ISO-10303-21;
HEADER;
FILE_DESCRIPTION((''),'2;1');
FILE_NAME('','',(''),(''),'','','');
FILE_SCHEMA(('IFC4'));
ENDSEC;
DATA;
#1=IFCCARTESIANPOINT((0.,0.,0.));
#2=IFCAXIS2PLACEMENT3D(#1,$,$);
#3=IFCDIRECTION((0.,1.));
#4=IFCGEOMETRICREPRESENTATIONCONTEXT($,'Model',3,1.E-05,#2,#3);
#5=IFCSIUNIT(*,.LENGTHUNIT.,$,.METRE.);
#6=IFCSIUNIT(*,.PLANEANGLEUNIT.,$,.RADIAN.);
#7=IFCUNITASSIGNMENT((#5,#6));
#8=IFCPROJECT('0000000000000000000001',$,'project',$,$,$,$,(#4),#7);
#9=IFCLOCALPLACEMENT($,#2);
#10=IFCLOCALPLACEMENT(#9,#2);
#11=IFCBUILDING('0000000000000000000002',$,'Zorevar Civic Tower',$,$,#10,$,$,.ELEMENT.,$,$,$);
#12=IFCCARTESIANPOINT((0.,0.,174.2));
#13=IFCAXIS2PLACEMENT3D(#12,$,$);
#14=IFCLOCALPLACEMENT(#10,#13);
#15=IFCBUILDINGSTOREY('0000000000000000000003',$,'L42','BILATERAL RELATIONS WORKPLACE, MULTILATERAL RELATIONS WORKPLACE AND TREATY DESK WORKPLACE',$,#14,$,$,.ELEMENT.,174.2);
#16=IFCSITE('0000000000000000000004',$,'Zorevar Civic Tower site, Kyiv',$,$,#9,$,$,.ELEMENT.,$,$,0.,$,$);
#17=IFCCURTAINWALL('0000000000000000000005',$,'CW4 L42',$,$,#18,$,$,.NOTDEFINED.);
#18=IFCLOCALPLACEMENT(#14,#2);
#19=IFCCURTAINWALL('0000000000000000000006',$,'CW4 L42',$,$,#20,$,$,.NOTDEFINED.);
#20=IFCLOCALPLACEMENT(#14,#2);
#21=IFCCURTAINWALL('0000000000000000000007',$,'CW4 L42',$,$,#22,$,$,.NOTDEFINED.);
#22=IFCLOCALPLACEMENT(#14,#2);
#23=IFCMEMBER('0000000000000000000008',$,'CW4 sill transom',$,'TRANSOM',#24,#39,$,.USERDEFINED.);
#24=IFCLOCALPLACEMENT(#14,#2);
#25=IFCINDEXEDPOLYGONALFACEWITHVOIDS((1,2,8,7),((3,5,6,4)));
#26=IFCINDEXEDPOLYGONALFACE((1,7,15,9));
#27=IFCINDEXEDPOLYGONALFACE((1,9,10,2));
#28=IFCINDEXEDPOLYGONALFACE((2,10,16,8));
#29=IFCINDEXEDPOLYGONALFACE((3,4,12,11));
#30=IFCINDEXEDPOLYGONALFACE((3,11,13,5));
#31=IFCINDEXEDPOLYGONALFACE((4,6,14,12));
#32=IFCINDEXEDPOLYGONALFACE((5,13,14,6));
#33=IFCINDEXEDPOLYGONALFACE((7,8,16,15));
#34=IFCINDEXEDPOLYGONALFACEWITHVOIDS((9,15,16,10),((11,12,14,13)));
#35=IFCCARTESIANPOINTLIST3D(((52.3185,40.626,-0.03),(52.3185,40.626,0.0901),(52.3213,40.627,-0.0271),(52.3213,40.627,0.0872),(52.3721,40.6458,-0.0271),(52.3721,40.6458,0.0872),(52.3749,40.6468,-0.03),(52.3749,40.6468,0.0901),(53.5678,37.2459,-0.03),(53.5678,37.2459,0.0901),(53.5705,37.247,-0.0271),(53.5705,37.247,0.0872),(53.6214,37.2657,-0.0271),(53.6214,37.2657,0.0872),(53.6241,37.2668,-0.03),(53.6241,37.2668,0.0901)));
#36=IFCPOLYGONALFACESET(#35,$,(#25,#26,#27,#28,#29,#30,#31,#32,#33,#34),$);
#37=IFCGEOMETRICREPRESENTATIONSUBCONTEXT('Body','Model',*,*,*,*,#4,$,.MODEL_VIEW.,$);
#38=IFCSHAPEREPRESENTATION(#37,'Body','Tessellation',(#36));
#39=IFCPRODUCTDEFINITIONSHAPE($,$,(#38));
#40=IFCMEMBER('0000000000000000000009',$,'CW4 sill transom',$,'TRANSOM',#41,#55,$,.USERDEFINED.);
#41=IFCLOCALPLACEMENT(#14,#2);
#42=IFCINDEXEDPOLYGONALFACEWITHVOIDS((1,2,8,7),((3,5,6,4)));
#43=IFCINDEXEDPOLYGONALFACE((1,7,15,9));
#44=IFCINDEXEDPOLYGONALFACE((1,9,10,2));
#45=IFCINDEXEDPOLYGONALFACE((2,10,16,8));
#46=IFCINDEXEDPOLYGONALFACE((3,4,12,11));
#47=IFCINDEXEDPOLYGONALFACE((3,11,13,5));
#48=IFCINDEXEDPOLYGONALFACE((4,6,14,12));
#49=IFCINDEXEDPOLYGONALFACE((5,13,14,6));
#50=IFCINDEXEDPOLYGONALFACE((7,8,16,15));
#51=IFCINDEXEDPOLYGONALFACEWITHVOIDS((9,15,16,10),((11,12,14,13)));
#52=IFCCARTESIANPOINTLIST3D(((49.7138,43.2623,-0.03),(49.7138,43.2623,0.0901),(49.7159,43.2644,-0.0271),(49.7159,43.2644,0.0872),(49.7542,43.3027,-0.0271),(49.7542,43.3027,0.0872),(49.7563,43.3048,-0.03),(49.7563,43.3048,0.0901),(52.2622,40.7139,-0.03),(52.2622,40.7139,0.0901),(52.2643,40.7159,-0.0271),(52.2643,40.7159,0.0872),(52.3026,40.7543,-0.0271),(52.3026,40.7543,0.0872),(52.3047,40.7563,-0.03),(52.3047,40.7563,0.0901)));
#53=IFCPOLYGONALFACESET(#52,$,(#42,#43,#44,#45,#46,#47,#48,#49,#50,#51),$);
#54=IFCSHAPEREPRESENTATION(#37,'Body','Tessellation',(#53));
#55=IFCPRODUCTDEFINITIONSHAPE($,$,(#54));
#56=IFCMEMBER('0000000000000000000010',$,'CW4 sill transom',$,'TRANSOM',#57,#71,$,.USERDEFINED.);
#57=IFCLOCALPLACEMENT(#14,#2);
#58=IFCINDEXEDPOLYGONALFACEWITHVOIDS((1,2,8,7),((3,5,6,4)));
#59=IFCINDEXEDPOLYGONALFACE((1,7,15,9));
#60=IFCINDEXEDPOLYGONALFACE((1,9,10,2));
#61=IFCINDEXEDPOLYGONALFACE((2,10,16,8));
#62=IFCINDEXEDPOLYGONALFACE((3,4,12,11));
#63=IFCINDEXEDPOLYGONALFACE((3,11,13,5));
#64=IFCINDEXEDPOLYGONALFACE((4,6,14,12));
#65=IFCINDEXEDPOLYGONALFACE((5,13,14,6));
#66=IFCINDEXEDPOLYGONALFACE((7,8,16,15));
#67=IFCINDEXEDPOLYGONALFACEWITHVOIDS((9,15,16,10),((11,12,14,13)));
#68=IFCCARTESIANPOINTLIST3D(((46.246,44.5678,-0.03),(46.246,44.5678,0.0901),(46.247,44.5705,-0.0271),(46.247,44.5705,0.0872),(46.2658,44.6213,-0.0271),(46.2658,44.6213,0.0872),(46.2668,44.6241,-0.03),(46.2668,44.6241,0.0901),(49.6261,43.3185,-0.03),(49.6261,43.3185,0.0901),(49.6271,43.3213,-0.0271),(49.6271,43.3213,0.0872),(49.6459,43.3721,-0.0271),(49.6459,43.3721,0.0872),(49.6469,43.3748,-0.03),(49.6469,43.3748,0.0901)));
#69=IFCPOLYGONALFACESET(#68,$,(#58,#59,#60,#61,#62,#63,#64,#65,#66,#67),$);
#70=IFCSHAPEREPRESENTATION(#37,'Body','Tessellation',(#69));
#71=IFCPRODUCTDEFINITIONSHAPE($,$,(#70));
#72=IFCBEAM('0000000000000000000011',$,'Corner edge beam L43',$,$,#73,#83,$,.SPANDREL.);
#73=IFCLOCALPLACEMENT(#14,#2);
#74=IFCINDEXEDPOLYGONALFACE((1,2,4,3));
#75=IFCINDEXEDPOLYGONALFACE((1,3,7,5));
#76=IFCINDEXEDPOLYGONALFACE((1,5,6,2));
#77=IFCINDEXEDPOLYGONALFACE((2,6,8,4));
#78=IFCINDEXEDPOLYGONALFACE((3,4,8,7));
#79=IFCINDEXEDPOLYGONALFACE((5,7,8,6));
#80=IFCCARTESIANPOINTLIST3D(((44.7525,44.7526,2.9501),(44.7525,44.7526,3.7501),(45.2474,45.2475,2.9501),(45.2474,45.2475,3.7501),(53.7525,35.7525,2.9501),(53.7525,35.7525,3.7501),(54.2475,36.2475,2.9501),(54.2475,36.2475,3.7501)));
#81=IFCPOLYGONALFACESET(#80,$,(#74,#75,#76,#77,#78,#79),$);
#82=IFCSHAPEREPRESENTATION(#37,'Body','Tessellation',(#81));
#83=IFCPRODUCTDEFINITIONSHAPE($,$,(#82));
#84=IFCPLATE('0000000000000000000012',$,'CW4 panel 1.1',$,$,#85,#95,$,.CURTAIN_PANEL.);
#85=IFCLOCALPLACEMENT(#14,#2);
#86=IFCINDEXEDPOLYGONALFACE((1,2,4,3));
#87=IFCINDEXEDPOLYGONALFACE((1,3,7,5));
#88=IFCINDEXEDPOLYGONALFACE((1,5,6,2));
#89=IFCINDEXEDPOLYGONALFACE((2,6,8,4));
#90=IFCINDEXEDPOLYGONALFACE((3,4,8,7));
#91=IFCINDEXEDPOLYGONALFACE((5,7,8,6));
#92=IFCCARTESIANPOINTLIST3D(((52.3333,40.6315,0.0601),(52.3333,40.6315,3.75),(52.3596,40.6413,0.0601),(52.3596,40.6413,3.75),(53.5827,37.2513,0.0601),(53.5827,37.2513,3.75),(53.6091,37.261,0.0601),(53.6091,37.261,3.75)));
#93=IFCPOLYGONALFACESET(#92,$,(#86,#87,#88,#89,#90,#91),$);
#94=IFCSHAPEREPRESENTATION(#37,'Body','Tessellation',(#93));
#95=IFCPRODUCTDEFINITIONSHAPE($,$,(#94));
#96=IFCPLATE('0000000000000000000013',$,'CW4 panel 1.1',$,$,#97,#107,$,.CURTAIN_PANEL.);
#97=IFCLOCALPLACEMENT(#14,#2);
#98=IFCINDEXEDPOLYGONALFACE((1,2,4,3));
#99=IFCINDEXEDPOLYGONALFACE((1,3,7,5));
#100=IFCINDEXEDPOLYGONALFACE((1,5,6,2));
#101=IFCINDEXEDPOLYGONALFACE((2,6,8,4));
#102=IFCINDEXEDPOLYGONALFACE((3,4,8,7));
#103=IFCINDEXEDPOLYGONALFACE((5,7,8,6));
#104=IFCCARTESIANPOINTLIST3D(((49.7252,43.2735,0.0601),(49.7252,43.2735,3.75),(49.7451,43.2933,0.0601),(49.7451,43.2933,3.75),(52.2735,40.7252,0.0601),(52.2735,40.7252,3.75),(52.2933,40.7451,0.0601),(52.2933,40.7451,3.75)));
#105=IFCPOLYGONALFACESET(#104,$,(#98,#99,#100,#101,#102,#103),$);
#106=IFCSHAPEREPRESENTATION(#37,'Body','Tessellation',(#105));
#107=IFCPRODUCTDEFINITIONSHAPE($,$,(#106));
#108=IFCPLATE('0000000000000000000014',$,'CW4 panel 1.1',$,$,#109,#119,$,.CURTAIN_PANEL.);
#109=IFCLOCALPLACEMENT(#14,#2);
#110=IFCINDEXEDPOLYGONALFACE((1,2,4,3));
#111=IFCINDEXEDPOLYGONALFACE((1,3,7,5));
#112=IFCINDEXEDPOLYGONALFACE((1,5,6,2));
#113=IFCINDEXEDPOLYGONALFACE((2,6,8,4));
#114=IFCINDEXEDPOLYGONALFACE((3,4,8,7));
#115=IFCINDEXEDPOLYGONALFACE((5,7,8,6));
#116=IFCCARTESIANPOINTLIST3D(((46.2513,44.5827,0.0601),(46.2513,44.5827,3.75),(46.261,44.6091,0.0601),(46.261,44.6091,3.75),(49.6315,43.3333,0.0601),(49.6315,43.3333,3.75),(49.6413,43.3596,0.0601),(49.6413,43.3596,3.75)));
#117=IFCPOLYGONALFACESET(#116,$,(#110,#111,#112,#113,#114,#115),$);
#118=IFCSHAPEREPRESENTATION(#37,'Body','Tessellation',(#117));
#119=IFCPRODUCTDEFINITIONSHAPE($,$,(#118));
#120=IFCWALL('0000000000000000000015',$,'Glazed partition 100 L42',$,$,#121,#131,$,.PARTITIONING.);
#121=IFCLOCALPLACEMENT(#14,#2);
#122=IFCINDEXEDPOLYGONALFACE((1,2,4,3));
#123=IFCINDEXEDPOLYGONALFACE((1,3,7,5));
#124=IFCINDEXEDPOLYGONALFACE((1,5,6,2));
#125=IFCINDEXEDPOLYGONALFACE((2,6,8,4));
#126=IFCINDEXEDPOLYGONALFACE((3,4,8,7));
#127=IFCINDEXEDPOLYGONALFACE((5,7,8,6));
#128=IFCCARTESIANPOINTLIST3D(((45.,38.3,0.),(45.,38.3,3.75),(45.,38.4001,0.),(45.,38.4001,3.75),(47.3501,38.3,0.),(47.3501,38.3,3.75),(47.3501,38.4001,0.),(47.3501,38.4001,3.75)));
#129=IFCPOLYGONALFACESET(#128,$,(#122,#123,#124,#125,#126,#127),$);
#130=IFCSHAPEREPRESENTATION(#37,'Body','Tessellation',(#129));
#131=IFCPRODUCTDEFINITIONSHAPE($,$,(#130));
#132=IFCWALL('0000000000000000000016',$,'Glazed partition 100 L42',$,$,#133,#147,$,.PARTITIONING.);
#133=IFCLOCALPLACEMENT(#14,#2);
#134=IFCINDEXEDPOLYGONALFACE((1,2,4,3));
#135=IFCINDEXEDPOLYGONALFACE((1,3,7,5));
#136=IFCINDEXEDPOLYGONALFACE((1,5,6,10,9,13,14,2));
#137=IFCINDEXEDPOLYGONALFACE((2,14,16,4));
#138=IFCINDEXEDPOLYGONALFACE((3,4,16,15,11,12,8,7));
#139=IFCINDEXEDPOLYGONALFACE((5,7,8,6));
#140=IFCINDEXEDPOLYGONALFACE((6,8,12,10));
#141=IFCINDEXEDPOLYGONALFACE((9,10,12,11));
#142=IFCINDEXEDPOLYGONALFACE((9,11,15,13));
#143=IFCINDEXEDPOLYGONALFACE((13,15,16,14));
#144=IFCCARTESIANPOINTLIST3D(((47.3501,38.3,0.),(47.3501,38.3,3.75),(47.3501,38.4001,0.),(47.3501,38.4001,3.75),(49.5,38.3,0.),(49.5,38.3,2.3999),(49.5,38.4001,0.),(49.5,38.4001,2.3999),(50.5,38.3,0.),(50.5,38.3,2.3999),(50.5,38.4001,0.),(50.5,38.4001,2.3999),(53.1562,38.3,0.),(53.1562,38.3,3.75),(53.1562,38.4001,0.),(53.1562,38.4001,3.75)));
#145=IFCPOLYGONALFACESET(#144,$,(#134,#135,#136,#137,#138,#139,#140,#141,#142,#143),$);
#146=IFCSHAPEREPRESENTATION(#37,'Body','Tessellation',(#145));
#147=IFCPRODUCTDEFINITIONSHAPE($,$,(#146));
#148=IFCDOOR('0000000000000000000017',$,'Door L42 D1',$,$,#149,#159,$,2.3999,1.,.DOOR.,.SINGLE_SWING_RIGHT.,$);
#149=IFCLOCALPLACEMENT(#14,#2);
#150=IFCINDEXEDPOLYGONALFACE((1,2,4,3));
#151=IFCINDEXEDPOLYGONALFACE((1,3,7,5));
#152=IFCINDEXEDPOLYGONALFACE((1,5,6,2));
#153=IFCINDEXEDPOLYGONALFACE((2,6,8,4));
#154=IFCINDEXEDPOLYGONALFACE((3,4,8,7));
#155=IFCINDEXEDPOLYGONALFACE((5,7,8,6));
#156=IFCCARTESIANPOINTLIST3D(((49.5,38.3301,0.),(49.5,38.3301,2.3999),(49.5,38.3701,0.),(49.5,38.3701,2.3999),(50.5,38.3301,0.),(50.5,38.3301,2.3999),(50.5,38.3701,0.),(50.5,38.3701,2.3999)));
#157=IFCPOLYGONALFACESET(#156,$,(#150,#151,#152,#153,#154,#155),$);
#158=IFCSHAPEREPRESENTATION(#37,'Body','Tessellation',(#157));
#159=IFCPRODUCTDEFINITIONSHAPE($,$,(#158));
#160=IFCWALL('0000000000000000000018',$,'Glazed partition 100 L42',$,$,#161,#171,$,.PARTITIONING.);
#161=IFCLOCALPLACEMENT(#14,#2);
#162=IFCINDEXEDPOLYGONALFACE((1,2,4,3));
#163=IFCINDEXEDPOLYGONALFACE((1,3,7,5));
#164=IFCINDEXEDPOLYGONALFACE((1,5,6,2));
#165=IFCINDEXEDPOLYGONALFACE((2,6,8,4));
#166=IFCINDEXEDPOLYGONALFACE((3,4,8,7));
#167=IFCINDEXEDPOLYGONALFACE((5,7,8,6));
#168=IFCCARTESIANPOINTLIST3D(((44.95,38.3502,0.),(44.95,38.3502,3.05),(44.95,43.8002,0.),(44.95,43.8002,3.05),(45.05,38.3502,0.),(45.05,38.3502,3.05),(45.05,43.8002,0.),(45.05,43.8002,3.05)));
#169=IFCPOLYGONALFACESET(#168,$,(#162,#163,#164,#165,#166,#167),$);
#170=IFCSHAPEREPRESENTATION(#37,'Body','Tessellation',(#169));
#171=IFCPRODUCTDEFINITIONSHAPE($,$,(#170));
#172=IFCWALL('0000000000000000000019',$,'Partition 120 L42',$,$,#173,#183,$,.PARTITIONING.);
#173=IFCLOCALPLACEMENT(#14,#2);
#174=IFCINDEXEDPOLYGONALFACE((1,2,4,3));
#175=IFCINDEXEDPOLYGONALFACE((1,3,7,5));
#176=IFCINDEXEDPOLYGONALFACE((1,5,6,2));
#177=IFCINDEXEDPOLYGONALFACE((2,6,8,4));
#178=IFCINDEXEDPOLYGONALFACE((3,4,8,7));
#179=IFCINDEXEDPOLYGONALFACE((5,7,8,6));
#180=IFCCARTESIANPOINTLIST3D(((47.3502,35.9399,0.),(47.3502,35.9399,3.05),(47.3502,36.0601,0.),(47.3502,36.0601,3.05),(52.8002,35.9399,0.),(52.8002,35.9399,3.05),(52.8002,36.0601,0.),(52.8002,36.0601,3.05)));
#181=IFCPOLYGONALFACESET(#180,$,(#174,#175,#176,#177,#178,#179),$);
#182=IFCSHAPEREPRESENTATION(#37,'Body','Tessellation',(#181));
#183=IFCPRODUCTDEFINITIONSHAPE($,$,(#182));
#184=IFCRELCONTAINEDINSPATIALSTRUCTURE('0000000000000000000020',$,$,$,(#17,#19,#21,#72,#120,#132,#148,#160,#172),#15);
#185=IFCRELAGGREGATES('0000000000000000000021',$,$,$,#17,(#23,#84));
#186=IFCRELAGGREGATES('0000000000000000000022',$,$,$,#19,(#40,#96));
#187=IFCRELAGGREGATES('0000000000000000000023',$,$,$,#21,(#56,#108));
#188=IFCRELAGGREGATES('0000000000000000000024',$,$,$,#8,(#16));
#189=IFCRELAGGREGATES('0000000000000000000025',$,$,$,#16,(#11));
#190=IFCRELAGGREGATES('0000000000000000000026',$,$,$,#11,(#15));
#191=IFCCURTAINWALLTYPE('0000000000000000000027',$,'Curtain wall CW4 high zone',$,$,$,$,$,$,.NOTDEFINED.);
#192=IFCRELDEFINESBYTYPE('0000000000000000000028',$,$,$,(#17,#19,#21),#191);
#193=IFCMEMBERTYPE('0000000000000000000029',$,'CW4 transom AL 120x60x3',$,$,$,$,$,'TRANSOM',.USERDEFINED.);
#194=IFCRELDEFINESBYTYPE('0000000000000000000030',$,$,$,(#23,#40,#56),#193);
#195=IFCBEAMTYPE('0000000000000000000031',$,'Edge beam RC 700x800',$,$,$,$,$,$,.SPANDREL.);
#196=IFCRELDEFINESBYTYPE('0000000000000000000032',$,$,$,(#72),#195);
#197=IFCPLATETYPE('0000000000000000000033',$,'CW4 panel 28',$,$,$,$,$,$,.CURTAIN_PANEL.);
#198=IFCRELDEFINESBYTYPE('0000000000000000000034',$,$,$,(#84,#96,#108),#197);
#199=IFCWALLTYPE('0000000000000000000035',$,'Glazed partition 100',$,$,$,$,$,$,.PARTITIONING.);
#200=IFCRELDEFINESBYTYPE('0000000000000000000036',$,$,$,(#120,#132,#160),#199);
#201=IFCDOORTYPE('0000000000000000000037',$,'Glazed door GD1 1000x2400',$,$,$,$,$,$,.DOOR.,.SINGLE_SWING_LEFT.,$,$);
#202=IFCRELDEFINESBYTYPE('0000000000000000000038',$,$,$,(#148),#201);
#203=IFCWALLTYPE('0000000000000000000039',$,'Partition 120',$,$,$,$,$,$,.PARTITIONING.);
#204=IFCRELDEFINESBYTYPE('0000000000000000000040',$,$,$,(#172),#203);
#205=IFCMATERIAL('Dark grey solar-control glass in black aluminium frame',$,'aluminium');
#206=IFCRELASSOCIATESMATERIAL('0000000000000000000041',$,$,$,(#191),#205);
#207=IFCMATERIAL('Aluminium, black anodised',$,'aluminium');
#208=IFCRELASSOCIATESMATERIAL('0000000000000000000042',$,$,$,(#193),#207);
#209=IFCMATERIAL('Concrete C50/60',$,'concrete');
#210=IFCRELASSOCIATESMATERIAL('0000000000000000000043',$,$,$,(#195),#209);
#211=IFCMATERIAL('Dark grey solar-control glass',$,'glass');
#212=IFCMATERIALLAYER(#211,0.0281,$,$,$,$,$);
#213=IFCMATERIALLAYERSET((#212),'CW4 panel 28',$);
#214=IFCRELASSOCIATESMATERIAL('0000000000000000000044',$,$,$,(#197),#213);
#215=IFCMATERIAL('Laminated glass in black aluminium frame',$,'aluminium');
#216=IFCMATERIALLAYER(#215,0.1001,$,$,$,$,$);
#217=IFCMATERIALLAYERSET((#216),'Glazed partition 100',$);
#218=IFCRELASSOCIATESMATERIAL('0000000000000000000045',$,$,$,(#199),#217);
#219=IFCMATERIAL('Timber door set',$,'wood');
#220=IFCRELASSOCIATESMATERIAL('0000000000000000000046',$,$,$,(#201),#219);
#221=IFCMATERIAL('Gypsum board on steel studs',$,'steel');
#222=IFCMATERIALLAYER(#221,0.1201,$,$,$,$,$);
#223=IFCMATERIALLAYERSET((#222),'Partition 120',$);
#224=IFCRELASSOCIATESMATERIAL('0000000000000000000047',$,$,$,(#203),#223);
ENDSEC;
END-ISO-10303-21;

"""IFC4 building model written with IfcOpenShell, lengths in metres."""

from ifc_helpers import new_model, si_unit, direction, frame, frame_2d, origin, origin_2d, place, context, subcontext, project, spatial, rectangle, hollow_rectangle, extrude, material, layer, layer_set, material_profile, profile_set, type_object, element, fill, aggregate, save


model = new_model("IFC4")

# Units and contexts
model_context = context("Model", 3, precision=1e-05, world=origin(), true_north=direction((0.0, 1.0)))
body_context = subcontext(model_context, "Body", "Model", "MODEL_VIEW")
ifc_project = project(units=[si_unit("LENGTHUNIT", "METRE"), si_unit("PLANEANGLEUNIT", "RADIAN")], contexts=[model_context])

# Site, building, storey
site_placement = place(None, origin())
site = spatial("IfcSite", under=ifc_project, at=site_placement, Name="Zorevar Civic Tower site, Kyiv", CompositionType="ELEMENT", RefElevation=0.0)
building_placement = place(site_placement, origin())
building = spatial("IfcBuilding", under=site, at=building_placement, Name="Zorevar Civic Tower", CompositionType="ELEMENT")
storey_placement = place(building_placement, frame((0.0, 0.0, 174.2)))
storey = spatial("IfcBuildingStorey", under=building, at=storey_placement, Name="L42", Description="BILATERAL RELATIONS WORKPLACE, MULTILATERAL RELATIONS WORKPLACE AND TREATY DESK WORKPLACE", CompositionType="ELEMENT", Elevation=174.2)

# Shared definitions
ifc_material_1 = material(Name="Dark grey solar-control glass in black aluminium frame", Category="aluminium")
curtain_wall_type = type_object("IfcCurtainWallType", Name="Curtain wall CW4 high zone", PredefinedType="NOTDEFINED", material=ifc_material_1)

# Curtain walls
curtain_wall_1_placement = place(storey_placement, origin())
curtain_wall_1 = element("IfcCurtainWall", 1, at=curtain_wall_1_placement, inside=storey, type_object=curtain_wall_type, Name="CW4 L42", PredefinedType="NOTDEFINED")
curtain_wall_2_placement = place(storey_placement, origin())
curtain_wall_2 = element("IfcCurtainWall", 2, at=curtain_wall_2_placement, inside=storey, type_object=curtain_wall_type, Name="CW4 L42", PredefinedType="NOTDEFINED")
curtain_wall_3_placement = place(storey_placement, origin())
curtain_wall_3 = element("IfcCurtainWall", 3, at=curtain_wall_3_placement, inside=storey, type_object=curtain_wall_type, Name="CW4 L42", PredefinedType="NOTDEFINED")

# Members
ifc_material_2 = material(Name="Aluminium, black anodised", Category="aluminium")
ifc_material_profile_1 = material_profile(ifc_material_2, hollow_rectangle(XDim=0.0601, YDim=0.1201, WallThickness=0.0029, at=origin_2d()), Name="AL 120x60x3")
ifc_profile_set_1 = profile_set([ifc_material_profile_1], Name="Aluminium, black anodised")
member_type_1 = type_object("IfcMemberType", Name="CW4 transom AL 120x60x3", ElementType="TRANSOM", PredefinedType="USERDEFINED", material=ifc_profile_set_1)
member_1_placement = place(storey_placement, frame((53.5959, 37.2563, 0.03), z_axis=(-0.346672, 0.937986, 0.0), x_axis=(-0.937986, -0.346672, 0.0)))
member_1 = element("IfcMember", 4, at=member_1_placement, type_object=member_type_1, Name="CW4 sill transom", ObjectType="TRANSOM", PredefinedType="USERDEFINED", context=body_context, shape_type="SweptSolid", body=[
    extrude(hollow_rectangle(XDim=0.0601, YDim=0.1201, WallThickness=0.0029, at=origin_2d()), origin(), (0.0, 0.0, 1.0), 3.6035),
])
member_2_placement = place(storey_placement, frame((52.2834, 40.7351, 0.03), z_axis=(-0.707107, 0.707107, 0.0), x_axis=(-0.707107, -0.707107, 0.0)))
member_2 = element("IfcMember", 5, at=member_2_placement, type_object=member_type_1, Name="CW4 sill transom", ObjectType="TRANSOM", PredefinedType="USERDEFINED", context=body_context, shape_type="SweptSolid", body=[
    extrude(hollow_rectangle(XDim=0.0601, YDim=0.1201, WallThickness=0.0029, at=origin_2d()), origin(), (0.0, 0.0, 1.0), 3.604),
])
member_3_placement = place(storey_placement, frame((49.6365, 43.3467, 0.03), z_axis=(-0.937986, 0.346672, 0.0), x_axis=(-0.346672, -0.937986, 0.0)))
member_3 = element("IfcMember", 6, at=member_3_placement, type_object=member_type_1, Name="CW4 sill transom", ObjectType="TRANSOM", PredefinedType="USERDEFINED", context=body_context, shape_type="SweptSolid", body=[
    extrude(hollow_rectangle(XDim=0.0601, YDim=0.1201, WallThickness=0.0029, at=origin_2d()), origin(), (0.0, 0.0, 1.0), 3.6035),
])

# Beam
ifc_material_3 = material(Name="Concrete C50/60", Category="concrete")
ifc_material_profile_2 = material_profile(ifc_material_3, rectangle(XDim=0.7, YDim=0.8, at=origin_2d()), Name="RC 700x800")
ifc_profile_set_2 = profile_set([ifc_material_profile_2], Name="Concrete C50/60")
beam_type_1 = type_object("IfcBeamType", Name="Edge beam RC 700x800", PredefinedType="SPANDREL", material=ifc_profile_set_2)
beam_1_placement = place(storey_placement, frame((54.0, 36.0, 3.3501), z_axis=(-0.707107, 0.707107, 0.0), x_axis=(-0.707107, -0.707107, 0.0)))
element("IfcBeam", 7, at=beam_1_placement, inside=storey, type_object=beam_type_1, Name="Corner edge beam L43", PredefinedType="SPANDREL", context=body_context, shape_type="SweptSolid", body=[
    extrude(rectangle(XDim=0.7, YDim=0.8, at=origin_2d()), origin(), (0.0, 0.0, 1.0), 12.728),
])

# Plates
ifc_material_4 = material(Name="Dark grey solar-control glass", Category="glass")
ifc_layer_1 = layer(ifc_material_4, 0.0281)
ifc_layer_set_1 = layer_set([ifc_layer_1], Name="CW4 panel 28")
plate_type = type_object("IfcPlateType", Name="CW4 panel 28", PredefinedType="CURTAIN_PANEL", material=ifc_layer_set_1)
plate_1_placement = place(storey_placement, frame((52.9712, 38.9463, 0.0601), z_axis=(0.0, 0.0, 1.0), x_axis=(-0.346704, 0.937975, 0.0)))
plate_1 = element("IfcPlate", 8, at=plate_1_placement, type_object=plate_type, Name="CW4 panel 1.1", PredefinedType="CURTAIN_PANEL", context=body_context, shape_type="SweptSolid", body=[
    extrude(rectangle(XDim=3.6038, YDim=0.0281, at=origin_2d()), origin(), (0.0, 0.0, 1.0), 3.6899),
])
aggregate(curtain_wall_1, [member_1, plate_1])
plate_2_placement = place(storey_placement, frame((51.0093, 42.0093, 0.0601), z_axis=(0.0, 0.0, 1.0), x_axis=(-0.707107, 0.707107, 0.0)))
plate_2 = element("IfcPlate", 9, at=plate_2_placement, type_object=plate_type, Name="CW4 panel 1.1", PredefinedType="CURTAIN_PANEL", context=body_context, shape_type="SweptSolid", body=[
    extrude(rectangle(XDim=3.6038, YDim=0.0281, at=origin_2d()), origin(), (0.0, 0.0, 1.0), 3.6899),
])
aggregate(curtain_wall_2, [member_2, plate_2])
plate_3_placement = place(storey_placement, frame((47.9463, 43.9712, 0.0601), z_axis=(0.0, 0.0, 1.0), x_axis=(-0.937975, 0.346704, 0.0)))
plate_3 = element("IfcPlate", 10, at=plate_3_placement, type_object=plate_type, Name="CW4 panel 1.1", PredefinedType="CURTAIN_PANEL", context=body_context, shape_type="SweptSolid", body=[
    extrude(rectangle(XDim=3.6038, YDim=0.0281, at=origin_2d()), origin(), (0.0, 0.0, 1.0), 3.6899),
])
aggregate(curtain_wall_3, [member_3, plate_3])

# Wall
ifc_material_5 = material(Name="Laminated glass in black aluminium frame", Category="aluminium")
ifc_layer_2 = layer(ifc_material_5, 0.1001)
ifc_layer_set_2 = layer_set([ifc_layer_2], Name="Glazed partition 100")
wall_type_1 = type_object("IfcWallType", Name="Glazed partition 100", PredefinedType="PARTITIONING", material=ifc_layer_set_2)
wall_1_placement = place(storey_placement, frame((45.0, 38.3501, 0.0), z_axis=(0.0, 0.0, 1.0), x_axis=(1.0, 0.0, 0.0)))
element("IfcWall", 11, at=wall_1_placement, inside=storey, type_object=wall_type_1, Name="Glazed partition 100 L42", PredefinedType="PARTITIONING", context=body_context, shape_type="SweptSolid", body=[
    extrude(rectangle(XDim=2.3501, YDim=0.1001, at=frame_2d((1.175, 0.0))), origin(), (0.0, 0.0, 1.0), 3.75),
])

# Wall, opening, door
wall_2_placement = place(storey_placement, frame((47.3501, 38.3501, 0.0), z_axis=(0.0, 0.0, 1.0), x_axis=(1.0, 0.0, 0.0)))
wall_2 = element("IfcWall", 12, at=wall_2_placement, inside=storey, type_object=wall_type_1, Name="Glazed partition 100 L42", PredefinedType="PARTITIONING", context=body_context, shape_type="SweptSolid", body=[
    extrude(rectangle(XDim=5.8062, YDim=0.1001, at=frame_2d((2.9031, 0.0))), origin(), (0.0, 0.0, 1.0), 3.75),
])
opening_1_placement = place(wall_2_placement, frame((2.1499, 0.0, 0.0)))
opening_1 = element("IfcOpeningElement", 13, at=opening_1_placement, cuts=wall_2, PredefinedType="OPENING", context=body_context, shape_type="SweptSolid", body=[
    extrude(rectangle(XDim=1.0, YDim=2.3999, at=frame_2d((0.5, 1.2))), frame((0.0, 0.0601, 0.0), z_axis=(0.0, -1.0, 0.0), x_axis=(1.0, 0.0, 0.0)), (0.0, 0.0, 1.0), 0.1201),
])
ifc_material_6 = material(Name="Timber door set", Category="wood")
door_type_1 = type_object("IfcDoorType", Name="Glazed door GD1 1000x2400", OperationType="SINGLE_SWING_LEFT", PredefinedType="DOOR", material=ifc_material_6)
door_1_placement = place(opening_1_placement, origin())
door_1 = element("IfcDoor", 14, at=door_1_placement, inside=storey, type_object=door_type_1, Name="Door L42 D1", OperationType="SINGLE_SWING_RIGHT", OverallHeight=2.3999, OverallWidth=1.0, PredefinedType="DOOR", context=body_context, shape_type="SweptSolid", body=[
    extrude(rectangle(XDim=1.0, YDim=2.3999, at=frame_2d((0.5, 1.2))), frame((0.0, 0.02, 0.0), z_axis=(0.0, -1.0, 0.0), x_axis=(1.0, 0.0, 0.0)), (0.0, 0.0, 1.0), 0.04),
])
fill(opening_1, door_1)

# Wall
wall_3_placement = place(storey_placement, frame((45.0, 38.3501, 0.0), z_axis=(0.0, 0.0, 1.0), x_axis=(0.0, 1.0, 0.0)))
element("IfcWall", 15, at=wall_3_placement, inside=storey, type_object=wall_type_1, Name="Glazed partition 100 L42", PredefinedType="PARTITIONING", context=body_context, shape_type="SweptSolid", body=[
    extrude(rectangle(XDim=5.45, YDim=0.1001, at=frame_2d((2.7251, 0.0))), origin(), (0.0, 0.0, 1.0), 3.05),
])

# Wall
ifc_material_7 = material(Name="Gypsum board on steel studs", Category="steel")
ifc_layer_3 = layer(ifc_material_7, 0.1201)
ifc_layer_set_3 = layer_set([ifc_layer_3], Name="Partition 120")
wall_type_2 = type_object("IfcWallType", Name="Partition 120", PredefinedType="PARTITIONING", material=ifc_layer_set_3)
wall_4_placement = place(storey_placement, frame((47.3501, 36.0, 0.0), z_axis=(0.0, 0.0, 1.0), x_axis=(1.0, 0.0, 0.0)))
element("IfcWall", 16, at=wall_4_placement, inside=storey, type_object=wall_type_2, Name="Partition 120 L42", PredefinedType="PARTITIONING", context=body_context, shape_type="SweptSolid", body=[
    extrude(rectangle(XDim=5.45, YDim=0.1201, at=frame_2d((2.7251, 0.0))), origin(), (0.0, 0.0, 1.0), 3.05),
])

save(model, "model.ifc")
